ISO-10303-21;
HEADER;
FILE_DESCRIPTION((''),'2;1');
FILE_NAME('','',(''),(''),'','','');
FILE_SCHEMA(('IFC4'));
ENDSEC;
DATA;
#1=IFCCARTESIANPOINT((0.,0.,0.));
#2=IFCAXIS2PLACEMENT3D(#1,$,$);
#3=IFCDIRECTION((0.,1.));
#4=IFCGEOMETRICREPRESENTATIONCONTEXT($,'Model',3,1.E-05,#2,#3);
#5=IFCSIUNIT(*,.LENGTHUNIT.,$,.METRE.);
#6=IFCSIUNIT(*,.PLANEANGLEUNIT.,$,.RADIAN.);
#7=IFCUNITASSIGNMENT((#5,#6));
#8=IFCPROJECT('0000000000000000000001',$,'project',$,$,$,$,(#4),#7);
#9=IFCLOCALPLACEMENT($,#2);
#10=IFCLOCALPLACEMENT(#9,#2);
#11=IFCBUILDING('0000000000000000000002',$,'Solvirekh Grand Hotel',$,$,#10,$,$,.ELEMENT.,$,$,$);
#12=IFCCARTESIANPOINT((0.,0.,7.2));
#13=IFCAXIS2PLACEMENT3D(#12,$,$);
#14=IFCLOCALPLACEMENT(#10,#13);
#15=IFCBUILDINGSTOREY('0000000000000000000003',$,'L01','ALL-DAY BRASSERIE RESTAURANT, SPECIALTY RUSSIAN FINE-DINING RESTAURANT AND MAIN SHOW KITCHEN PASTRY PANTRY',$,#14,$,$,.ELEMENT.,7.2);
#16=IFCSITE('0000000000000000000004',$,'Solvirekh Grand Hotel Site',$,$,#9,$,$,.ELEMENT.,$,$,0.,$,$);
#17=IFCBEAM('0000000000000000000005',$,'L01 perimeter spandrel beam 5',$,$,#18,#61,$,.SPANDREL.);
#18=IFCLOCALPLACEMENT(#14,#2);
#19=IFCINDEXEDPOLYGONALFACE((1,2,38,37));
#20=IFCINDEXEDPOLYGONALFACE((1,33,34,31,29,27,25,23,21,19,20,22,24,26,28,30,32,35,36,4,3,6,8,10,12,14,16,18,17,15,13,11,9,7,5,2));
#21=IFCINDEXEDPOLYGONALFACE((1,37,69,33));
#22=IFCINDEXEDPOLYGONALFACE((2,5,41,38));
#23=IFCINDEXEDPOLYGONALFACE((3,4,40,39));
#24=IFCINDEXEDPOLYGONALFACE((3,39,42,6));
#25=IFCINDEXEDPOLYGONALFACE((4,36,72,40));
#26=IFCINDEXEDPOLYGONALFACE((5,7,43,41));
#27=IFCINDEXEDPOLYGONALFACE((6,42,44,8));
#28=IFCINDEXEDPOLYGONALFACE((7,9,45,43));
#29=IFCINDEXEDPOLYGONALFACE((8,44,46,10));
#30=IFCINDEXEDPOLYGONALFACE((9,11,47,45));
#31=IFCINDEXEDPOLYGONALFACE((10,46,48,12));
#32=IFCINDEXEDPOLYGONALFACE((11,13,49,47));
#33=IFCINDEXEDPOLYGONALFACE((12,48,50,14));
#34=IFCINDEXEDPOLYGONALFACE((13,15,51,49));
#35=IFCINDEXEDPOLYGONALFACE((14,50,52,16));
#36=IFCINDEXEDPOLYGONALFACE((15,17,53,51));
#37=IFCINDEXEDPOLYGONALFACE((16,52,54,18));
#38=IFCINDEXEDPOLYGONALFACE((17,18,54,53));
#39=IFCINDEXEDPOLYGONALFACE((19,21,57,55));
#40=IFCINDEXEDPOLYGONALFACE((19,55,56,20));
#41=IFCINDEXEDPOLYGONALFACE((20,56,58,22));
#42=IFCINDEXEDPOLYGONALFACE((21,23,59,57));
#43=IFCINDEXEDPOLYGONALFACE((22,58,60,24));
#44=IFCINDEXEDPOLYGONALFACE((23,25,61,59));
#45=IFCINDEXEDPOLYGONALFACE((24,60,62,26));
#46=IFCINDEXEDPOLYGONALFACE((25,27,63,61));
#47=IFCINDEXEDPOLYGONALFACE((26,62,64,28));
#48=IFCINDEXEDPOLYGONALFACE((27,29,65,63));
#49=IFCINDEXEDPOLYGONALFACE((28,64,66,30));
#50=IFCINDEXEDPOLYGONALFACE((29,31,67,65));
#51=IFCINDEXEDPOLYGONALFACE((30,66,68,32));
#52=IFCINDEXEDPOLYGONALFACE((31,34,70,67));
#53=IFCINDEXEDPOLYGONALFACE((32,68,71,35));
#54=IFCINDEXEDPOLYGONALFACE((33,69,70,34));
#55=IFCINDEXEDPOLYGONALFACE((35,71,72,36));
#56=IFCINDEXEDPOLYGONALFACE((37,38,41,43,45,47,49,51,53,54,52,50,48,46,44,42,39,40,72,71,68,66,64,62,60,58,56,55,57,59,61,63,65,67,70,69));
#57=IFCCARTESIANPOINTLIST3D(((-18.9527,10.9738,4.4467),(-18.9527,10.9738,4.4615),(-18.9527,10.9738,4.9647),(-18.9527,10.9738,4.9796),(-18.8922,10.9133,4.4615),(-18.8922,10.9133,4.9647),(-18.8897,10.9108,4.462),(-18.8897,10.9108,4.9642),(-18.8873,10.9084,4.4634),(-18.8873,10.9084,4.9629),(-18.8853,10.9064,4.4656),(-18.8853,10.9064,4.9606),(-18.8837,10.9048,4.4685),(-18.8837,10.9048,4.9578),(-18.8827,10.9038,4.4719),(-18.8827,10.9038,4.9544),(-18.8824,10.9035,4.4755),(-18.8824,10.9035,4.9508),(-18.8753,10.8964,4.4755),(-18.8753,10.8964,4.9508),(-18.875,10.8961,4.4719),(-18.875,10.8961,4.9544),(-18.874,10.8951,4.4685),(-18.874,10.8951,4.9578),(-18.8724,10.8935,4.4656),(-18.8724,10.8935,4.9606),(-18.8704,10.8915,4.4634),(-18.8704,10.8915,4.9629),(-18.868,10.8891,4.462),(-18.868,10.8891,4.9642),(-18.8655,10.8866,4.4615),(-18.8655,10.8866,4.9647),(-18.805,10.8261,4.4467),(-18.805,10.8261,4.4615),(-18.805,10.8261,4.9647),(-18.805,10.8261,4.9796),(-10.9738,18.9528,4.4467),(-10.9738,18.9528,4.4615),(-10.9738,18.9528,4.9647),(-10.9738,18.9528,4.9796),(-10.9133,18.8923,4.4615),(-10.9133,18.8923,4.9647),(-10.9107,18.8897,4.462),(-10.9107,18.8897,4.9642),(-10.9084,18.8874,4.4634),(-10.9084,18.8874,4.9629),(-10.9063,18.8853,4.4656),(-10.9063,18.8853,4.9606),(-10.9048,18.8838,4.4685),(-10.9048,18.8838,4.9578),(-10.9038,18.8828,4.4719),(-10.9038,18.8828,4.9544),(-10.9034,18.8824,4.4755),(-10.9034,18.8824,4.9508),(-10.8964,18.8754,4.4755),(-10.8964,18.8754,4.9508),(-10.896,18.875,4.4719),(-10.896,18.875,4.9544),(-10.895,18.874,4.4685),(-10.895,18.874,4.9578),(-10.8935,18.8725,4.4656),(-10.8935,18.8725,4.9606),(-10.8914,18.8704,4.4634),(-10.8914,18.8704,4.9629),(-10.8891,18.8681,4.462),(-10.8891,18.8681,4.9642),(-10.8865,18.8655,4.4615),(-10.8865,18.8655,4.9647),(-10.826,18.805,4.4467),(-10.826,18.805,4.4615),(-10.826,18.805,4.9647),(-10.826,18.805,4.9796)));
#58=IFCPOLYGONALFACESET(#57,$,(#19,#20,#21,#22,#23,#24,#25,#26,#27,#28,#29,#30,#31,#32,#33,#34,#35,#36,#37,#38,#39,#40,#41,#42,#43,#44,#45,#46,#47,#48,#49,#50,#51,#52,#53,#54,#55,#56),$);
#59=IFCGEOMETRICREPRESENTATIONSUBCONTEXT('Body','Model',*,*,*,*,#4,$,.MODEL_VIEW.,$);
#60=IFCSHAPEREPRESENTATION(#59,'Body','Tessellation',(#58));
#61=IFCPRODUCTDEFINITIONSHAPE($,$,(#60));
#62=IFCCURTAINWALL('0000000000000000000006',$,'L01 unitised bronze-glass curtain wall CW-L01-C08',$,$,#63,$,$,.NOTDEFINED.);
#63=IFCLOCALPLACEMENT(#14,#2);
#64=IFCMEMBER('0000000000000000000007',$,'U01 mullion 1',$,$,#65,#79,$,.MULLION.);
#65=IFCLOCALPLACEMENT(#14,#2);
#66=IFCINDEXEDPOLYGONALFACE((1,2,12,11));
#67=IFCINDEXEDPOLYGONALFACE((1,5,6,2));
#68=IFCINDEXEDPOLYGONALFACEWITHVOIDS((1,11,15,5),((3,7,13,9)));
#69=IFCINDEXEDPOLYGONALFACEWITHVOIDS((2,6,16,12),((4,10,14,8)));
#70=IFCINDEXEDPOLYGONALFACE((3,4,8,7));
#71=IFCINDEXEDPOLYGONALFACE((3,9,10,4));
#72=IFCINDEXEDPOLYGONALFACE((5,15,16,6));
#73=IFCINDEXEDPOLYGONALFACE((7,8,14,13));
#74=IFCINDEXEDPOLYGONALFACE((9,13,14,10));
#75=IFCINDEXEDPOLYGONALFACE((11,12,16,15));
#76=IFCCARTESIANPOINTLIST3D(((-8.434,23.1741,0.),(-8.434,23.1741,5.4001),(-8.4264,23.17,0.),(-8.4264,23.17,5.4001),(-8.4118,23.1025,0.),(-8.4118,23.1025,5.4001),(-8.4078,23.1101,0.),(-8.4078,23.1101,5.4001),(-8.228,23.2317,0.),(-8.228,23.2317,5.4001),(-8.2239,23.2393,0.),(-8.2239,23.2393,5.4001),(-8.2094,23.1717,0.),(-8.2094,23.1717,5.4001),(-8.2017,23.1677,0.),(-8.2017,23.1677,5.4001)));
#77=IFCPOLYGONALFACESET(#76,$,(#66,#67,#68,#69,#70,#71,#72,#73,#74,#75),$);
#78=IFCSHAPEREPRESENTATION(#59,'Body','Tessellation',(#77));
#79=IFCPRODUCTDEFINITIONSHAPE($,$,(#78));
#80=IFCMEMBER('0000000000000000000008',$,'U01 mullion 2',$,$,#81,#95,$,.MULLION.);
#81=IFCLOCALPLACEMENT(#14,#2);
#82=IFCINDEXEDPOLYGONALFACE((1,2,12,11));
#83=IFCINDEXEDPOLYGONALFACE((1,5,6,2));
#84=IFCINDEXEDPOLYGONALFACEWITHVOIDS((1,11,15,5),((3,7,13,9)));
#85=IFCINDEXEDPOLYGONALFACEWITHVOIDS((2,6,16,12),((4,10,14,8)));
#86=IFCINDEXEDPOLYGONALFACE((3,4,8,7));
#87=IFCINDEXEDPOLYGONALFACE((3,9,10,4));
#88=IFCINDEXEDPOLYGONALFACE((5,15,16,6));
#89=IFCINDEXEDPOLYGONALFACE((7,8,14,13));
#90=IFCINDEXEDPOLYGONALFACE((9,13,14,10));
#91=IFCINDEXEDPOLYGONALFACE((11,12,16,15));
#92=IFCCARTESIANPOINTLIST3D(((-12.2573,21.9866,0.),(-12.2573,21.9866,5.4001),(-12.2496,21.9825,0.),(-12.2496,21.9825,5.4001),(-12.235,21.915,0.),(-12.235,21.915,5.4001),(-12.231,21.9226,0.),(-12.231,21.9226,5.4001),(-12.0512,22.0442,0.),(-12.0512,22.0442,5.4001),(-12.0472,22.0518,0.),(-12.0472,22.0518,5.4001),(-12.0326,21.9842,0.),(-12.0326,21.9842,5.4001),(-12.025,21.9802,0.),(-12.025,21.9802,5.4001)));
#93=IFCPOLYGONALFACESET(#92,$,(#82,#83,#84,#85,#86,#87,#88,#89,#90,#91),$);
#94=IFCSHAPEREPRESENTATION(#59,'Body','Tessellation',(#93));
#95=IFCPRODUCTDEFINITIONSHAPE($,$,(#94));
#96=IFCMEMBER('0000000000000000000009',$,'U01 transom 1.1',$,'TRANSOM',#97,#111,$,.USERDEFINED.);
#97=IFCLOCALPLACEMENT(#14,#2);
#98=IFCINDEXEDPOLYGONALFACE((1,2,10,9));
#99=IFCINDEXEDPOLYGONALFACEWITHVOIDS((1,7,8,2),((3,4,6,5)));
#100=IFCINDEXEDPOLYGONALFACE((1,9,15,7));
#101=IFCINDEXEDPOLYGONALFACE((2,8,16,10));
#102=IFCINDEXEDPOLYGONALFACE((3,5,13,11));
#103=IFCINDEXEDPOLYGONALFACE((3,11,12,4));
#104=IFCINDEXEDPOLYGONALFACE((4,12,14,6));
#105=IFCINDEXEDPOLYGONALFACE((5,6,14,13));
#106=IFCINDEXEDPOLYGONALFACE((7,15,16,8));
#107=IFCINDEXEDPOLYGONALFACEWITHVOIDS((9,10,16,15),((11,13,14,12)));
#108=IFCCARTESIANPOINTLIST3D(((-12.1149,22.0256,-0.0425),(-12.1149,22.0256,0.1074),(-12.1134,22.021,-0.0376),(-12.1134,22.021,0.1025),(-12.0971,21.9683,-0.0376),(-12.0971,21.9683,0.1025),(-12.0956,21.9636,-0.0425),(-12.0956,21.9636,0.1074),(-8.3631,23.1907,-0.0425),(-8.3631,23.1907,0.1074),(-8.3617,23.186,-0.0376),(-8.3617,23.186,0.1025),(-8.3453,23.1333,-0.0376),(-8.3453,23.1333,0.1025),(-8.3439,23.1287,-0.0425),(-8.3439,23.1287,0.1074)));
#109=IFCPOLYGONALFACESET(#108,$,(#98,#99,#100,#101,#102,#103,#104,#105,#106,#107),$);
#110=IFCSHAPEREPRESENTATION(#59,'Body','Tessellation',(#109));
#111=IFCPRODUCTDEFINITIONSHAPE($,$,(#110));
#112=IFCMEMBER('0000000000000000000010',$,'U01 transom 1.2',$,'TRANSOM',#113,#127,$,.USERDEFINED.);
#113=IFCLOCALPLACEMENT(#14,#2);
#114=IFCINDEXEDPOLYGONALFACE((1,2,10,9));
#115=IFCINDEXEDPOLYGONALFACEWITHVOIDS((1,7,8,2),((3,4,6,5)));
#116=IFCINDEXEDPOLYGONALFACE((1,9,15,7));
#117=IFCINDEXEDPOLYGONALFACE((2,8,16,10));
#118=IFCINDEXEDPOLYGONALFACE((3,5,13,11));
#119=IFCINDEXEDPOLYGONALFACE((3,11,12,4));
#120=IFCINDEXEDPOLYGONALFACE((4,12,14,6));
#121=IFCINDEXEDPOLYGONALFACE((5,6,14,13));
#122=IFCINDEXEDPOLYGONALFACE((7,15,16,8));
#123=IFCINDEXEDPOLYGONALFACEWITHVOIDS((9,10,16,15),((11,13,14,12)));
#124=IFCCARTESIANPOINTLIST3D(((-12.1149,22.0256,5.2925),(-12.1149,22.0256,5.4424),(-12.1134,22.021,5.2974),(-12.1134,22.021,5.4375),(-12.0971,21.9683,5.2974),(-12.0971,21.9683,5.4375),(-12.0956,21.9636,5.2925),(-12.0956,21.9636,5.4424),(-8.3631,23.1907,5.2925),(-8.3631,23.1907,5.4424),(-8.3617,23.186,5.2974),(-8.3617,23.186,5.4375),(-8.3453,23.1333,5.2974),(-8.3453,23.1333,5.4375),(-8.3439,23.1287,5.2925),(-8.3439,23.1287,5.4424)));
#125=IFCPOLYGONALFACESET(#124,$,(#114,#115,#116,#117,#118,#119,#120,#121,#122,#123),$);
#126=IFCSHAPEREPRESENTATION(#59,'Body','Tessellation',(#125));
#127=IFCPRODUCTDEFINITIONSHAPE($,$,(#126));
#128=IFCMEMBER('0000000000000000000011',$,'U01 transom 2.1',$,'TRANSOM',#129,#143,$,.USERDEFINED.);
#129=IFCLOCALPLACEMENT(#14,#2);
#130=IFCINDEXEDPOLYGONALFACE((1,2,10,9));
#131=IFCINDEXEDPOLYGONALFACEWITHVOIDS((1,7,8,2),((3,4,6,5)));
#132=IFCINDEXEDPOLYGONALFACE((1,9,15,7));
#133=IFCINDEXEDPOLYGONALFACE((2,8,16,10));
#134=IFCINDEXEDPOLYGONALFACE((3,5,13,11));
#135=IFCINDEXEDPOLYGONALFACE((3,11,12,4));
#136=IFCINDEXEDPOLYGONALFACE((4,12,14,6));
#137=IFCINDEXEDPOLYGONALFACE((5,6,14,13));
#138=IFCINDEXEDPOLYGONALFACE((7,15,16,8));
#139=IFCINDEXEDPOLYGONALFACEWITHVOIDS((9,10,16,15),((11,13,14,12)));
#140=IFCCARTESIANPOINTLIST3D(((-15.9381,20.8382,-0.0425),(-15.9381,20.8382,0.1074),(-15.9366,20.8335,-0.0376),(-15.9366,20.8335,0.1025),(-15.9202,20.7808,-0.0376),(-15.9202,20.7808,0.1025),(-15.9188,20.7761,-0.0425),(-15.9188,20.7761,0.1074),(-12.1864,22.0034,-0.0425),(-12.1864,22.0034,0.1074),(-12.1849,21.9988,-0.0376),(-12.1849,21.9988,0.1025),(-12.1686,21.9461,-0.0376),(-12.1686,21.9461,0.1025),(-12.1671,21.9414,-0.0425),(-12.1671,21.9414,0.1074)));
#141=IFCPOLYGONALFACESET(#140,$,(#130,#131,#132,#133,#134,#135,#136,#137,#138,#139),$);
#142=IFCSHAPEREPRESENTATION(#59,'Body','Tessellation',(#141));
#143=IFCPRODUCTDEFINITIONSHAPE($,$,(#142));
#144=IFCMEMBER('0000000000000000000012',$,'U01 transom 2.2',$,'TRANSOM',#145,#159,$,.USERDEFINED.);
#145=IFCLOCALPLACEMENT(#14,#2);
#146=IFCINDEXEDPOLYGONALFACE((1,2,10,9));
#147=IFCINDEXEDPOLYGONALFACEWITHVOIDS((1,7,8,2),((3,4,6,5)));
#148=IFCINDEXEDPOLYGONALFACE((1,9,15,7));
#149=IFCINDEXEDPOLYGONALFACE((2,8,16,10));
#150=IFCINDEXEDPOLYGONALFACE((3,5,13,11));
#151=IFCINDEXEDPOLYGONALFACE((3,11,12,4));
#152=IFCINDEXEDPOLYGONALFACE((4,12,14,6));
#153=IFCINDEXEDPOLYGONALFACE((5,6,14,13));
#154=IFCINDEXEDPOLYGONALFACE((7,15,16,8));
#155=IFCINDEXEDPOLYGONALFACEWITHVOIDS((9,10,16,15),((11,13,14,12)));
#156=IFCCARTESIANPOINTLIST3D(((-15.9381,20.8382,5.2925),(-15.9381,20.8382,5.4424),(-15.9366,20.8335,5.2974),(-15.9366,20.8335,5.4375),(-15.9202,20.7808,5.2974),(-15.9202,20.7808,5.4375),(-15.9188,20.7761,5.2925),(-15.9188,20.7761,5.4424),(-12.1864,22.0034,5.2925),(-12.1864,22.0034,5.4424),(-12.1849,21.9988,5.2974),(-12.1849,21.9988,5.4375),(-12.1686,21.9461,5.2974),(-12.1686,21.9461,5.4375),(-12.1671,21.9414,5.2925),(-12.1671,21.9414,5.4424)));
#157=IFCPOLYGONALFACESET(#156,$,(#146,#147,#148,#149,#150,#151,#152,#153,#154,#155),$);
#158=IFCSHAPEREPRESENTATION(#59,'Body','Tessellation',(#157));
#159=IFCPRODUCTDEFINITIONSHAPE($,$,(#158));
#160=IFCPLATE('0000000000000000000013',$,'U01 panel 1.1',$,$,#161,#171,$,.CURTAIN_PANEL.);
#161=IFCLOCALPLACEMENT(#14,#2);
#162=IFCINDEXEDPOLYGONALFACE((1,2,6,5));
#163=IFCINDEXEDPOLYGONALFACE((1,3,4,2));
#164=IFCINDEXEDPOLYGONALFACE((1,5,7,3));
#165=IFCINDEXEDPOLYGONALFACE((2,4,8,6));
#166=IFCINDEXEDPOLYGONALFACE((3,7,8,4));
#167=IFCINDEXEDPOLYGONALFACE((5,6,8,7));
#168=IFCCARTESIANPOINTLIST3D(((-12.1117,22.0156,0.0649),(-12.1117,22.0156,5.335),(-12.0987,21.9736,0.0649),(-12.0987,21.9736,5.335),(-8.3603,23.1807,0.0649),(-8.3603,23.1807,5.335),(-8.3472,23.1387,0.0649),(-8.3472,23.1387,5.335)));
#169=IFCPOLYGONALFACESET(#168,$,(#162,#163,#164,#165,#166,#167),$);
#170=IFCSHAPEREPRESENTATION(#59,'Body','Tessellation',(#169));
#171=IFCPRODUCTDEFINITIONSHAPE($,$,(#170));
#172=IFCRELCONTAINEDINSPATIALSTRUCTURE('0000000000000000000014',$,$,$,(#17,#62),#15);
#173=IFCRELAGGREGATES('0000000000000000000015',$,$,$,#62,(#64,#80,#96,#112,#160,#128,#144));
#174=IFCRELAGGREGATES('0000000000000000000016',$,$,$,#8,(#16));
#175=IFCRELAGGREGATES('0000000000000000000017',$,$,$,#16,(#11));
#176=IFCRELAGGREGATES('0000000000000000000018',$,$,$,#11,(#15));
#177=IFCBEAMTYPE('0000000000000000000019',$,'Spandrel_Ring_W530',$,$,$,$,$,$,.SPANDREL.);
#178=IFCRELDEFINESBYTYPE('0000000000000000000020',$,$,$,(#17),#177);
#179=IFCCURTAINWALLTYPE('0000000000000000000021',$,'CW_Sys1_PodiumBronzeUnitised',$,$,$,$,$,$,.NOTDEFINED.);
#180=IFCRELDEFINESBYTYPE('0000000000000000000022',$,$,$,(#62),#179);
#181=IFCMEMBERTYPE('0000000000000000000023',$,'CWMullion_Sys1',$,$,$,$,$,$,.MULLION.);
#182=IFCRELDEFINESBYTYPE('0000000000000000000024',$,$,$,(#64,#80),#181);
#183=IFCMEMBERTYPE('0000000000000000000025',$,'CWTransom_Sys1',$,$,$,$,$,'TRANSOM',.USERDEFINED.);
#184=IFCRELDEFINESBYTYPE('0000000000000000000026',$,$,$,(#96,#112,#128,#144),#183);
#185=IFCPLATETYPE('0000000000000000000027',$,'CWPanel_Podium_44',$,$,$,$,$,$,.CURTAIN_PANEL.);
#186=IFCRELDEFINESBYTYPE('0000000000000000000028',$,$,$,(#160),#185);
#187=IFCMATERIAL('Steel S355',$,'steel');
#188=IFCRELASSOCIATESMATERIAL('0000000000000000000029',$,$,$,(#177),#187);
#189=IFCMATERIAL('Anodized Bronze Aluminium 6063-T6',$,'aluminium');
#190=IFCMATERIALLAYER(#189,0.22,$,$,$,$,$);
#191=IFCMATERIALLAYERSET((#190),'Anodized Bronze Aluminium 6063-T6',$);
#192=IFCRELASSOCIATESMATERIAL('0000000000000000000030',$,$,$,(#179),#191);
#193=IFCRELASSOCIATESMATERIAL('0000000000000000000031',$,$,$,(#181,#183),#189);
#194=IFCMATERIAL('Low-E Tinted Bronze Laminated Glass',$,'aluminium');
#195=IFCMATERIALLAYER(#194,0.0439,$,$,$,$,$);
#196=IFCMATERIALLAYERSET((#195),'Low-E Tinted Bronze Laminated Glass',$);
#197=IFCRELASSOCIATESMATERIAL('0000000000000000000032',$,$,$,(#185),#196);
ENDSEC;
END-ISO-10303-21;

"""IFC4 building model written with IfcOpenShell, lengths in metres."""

from ifc_helpers import new_model, si_unit, direction, frame, origin, origin_2d, place, context, subcontext, project, spatial, rectangle, hollow_rectangle, i_section, extrude, source, transform, mapped, material, layer, layer_set, material_profile, profile_set, type_object, element, aggregate, save


model = new_model("IFC4")

# Units and contexts
model_context = context("Model", 3, precision=1e-05, world=origin(), true_north=direction((0.0, 1.0)))
body_context = subcontext(model_context, "Body", "Model", "MODEL_VIEW")
ifc_project = project(units=[si_unit("LENGTHUNIT", "METRE"), si_unit("PLANEANGLEUNIT", "RADIAN")], contexts=[model_context])

# Site, building, storey
site_placement = place(None, origin())
site = spatial("IfcSite", under=ifc_project, at=site_placement, Name="Solvirekh Grand Hotel Site", CompositionType="ELEMENT", RefElevation=0.0)
building_placement = place(site_placement, origin())
building = spatial("IfcBuilding", under=site, at=building_placement, Name="Solvirekh Grand Hotel", CompositionType="ELEMENT")
storey_placement = place(building_placement, frame((0.0, 0.0, 7.2)))
storey = spatial("IfcBuildingStorey", under=building, at=storey_placement, Name="L01", Description="ALL-DAY BRASSERIE RESTAURANT, SPECIALTY RUSSIAN FINE-DINING RESTAURANT AND MAIN SHOW KITCHEN PASTRY PANTRY", CompositionType="ELEMENT", Elevation=7.2)

# Beam
ifc_material_1 = material(Name="Steel S355", Category="steel")
ifc_material_profile_1 = material_profile(ifc_material_1, i_section(OverallWidth=0.209, OverallDepth=0.533, WebThickness=0.01, FlangeThickness=0.0149, FilletRadius=0.0139, at=origin_2d()), Name="W530X92")
ifc_profile_set_1 = profile_set([ifc_material_profile_1], Name="Steel S355")
beam_type_1 = type_object("IfcBeamType", Name="Spandrel_Ring_W530", PredefinedType="SPANDREL", material=ifc_profile_set_1)
beam_1_placement = place(storey_placement, frame((-10.8999, 18.8789, 4.7131), z_axis=(-0.707107, -0.707107, 0.0), x_axis=(0.707107, -0.707107, 0.0)))
element("IfcBeam", 1, at=beam_1_placement, inside=storey, type_object=beam_type_1, Name="L01 perimeter spandrel beam 5", PredefinedType="SPANDREL", context=body_context, shape_type="SweptSolid", body=[
    extrude(i_section(OverallWidth=0.209, OverallDepth=0.533, WebThickness=0.01, FlangeThickness=0.0149, FilletRadius=0.0139, at=origin_2d()), origin(), (0.0, 0.0, 1.0), 11.2839),
])

# Curtain wall, members, plate
ifc_material_2 = material(Name="Anodized Bronze Aluminium 6063-T6", Category="aluminium")
ifc_layer_1 = layer(ifc_material_2, 0.22)
ifc_layer_set_1 = layer_set([ifc_layer_1], Name="Anodized Bronze Aluminium 6063-T6")
curtain_wall_type = type_object("IfcCurtainWallType", Name="CW_Sys1_PodiumBronzeUnitised", PredefinedType="NOTDEFINED", material=ifc_layer_set_1)
curtain_wall_placement = place(storey_placement, origin())
curtain_wall = element("IfcCurtainWall", 2, at=curtain_wall_placement, inside=storey, type_object=curtain_wall_type, Name="L01 unitised bronze-glass curtain wall CW-L01-C08", PredefinedType="NOTDEFINED")
ifc_material_profile_2 = material_profile(ifc_material_2, hollow_rectangle(XDim=0.075, YDim=0.22, WallThickness=0.0061, at=origin_2d()), Name="ALU RHS 220X75X6")
ifc_profile_set_2 = profile_set([ifc_material_profile_2], Name="Anodized Bronze Aluminium 6063-T6")
member_type_1 = type_object("IfcMemberType", Name="CWMullion_Sys1", PredefinedType="MULLION", material=ifc_profile_set_2)
shared_shape_1 = source(origin(), body_context, "Body", "SweptSolid", [
    extrude(hollow_rectangle(XDim=0.075, YDim=0.22, WallThickness=0.0061, at=origin_2d()), origin(), (0.0, 0.0, 1.0), 5.4001),
])
member_1_placement = place(storey_placement, frame((-8.3179, 23.1709, 0.0), z_axis=(0.0, 0.0, 1.0), x_axis=(0.296598, -0.955003, 0.0)))
member_1 = element("IfcMember", 3, at=member_1_placement, type_object=member_type_1, Name="U01 mullion 1", PredefinedType="MULLION", context=body_context, shape_type="MappedRepresentation", body=[
    mapped(shared_shape_1, transform((0.0, 0.0, 0.0), x_axis=(1.0, 0.0, 0.0), y_axis=(0.0, 1.0, 0.0), z_axis=(0.0, 0.0, 1.0), scale=1.0)),
])
member_2_placement = place(storey_placement, frame((-12.1411, 21.9834, 0.0), z_axis=(0.0, 0.0, 1.0), x_axis=(0.296598, -0.955003, 0.0)))
member_2 = element("IfcMember", 4, at=member_2_placement, type_object=member_type_1, Name="U01 mullion 2", PredefinedType="MULLION", context=body_context, shape_type="MappedRepresentation", body=[
    mapped(shared_shape_1, transform((0.0, 0.0, 0.0), x_axis=(1.0, 0.0, 0.0), y_axis=(0.0, 1.0, 0.0), z_axis=(0.0, 0.0, 1.0), scale=1.0)),
])
ifc_material_profile_3 = material_profile(ifc_material_2, hollow_rectangle(XDim=0.0649, YDim=0.1499, WallThickness=0.0049, at=origin_2d()), Name="ALU RHS 150X65X5")
ifc_profile_set_3 = profile_set([ifc_material_profile_3], Name="Anodized Bronze Aluminium 6063-T6")
member_type_2 = type_object("IfcMemberType", Name="CWTransom_Sys1", ElementType="TRANSOM", PredefinedType="USERDEFINED", material=ifc_profile_set_3)
shared_shape_2 = source(origin(), body_context, "Body", "SweptSolid", [
    extrude(hollow_rectangle(XDim=0.0649, YDim=0.1499, WallThickness=0.0049, at=origin_2d()), origin(), (0.0, 0.0, 1.0), 3.9285),
])
member_3_placement = place(storey_placement, frame((-8.3535, 23.1597, 0.0325), z_axis=(-0.955013, -0.296565, 0.0), x_axis=(0.296565, -0.955013, 0.0)))
member_3 = element("IfcMember", 5, at=member_3_placement, type_object=member_type_2, Name="U01 transom 1.1", ObjectType="TRANSOM", PredefinedType="USERDEFINED", context=body_context, shape_type="MappedRepresentation", body=[
    mapped(shared_shape_2, transform((0.0, 0.0, 0.0), x_axis=(1.0, 0.0, 0.0), y_axis=(0.0, 1.0, 0.0), z_axis=(0.0, 0.0, 1.0), scale=1.0)),
])
member_4_placement = place(storey_placement, frame((-8.3535, 23.1597, 5.3674), z_axis=(-0.955013, -0.296565, 0.0), x_axis=(0.296565, -0.955013, 0.0)))
member_4 = element("IfcMember", 6, at=member_4_placement, type_object=member_type_2, Name="U01 transom 1.2", ObjectType="TRANSOM", PredefinedType="USERDEFINED", context=body_context, shape_type="MappedRepresentation", body=[
    mapped(shared_shape_2, transform((0.0, 0.0, 0.0), x_axis=(1.0, 0.0, 0.0), y_axis=(0.0, 1.0, 0.0), z_axis=(0.0, 0.0, 1.0), scale=1.0)),
])
member_5_placement = place(storey_placement, frame((-12.1768, 21.9724, 0.0325), z_axis=(-0.954995, -0.296622, 0.0), x_axis=(0.296622, -0.954995, 0.0)))
member_5 = element("IfcMember", 7, at=member_5_placement, type_object=member_type_2, Name="U01 transom 2.1", ObjectType="TRANSOM", PredefinedType="USERDEFINED", context=body_context, shape_type="MappedRepresentation", body=[
    mapped(shared_shape_2, transform((0.0, 0.0, 0.0), x_axis=(1.0, 0.0, 0.0), y_axis=(0.0, 1.0, 0.0), z_axis=(0.0, 0.0, 1.0), scale=1.0)),
])
member_6_placement = place(storey_placement, frame((-12.1768, 21.9724, 5.3674), z_axis=(-0.954995, -0.296622, 0.0), x_axis=(0.296622, -0.954995, 0.0)))
member_6 = element("IfcMember", 8, at=member_6_placement, type_object=member_type_2, Name="U01 transom 2.2", ObjectType="TRANSOM", PredefinedType="USERDEFINED", context=body_context, shape_type="MappedRepresentation", body=[
    mapped(shared_shape_2, transform((0.0, 0.0, 0.0), x_axis=(1.0, 0.0, 0.0), y_axis=(0.0, 1.0, 0.0), z_axis=(0.0, 0.0, 1.0), scale=1.0)),
])
ifc_material_3 = material(Name="Low-E Tinted Bronze Laminated Glass", Category="aluminium")
ifc_layer_2 = layer(ifc_material_3, 0.0439)
ifc_layer_set_2 = layer_set([ifc_layer_2], Name="Low-E Tinted Bronze Laminated Glass")
plate_type = type_object("IfcPlateType", Name="CWPanel_Podium_44", PredefinedType="CURTAIN_PANEL", material=ifc_layer_set_2)
shared_shape_3 = source(origin(), body_context, "Body", "SweptSolid", [
    extrude(rectangle(XDim=3.9282, YDim=0.0439, at=origin_2d()), origin(), (0.0, 0.0, 1.0), 5.27),
])
plate_placement = place(storey_placement, frame((-10.2295, 22.5771, 0.0649), z_axis=(0.0, 0.0, 1.0), x_axis=(-0.955003, -0.296598, 0.0)))
plate = element("IfcPlate", 9, at=plate_placement, type_object=plate_type, Name="U01 panel 1.1", PredefinedType="CURTAIN_PANEL", context=body_context, shape_type="MappedRepresentation", body=[
    mapped(shared_shape_3, transform((0.0, 0.0, 0.0), x_axis=(1.0, 0.0, 0.0), y_axis=(0.0, 1.0, 0.0), z_axis=(0.0, 0.0, 1.0), scale=1.0)),
])
aggregate(curtain_wall, [member_1, member_2, member_3, member_4, plate, member_5, member_6])

save(model, "model.ifc")
